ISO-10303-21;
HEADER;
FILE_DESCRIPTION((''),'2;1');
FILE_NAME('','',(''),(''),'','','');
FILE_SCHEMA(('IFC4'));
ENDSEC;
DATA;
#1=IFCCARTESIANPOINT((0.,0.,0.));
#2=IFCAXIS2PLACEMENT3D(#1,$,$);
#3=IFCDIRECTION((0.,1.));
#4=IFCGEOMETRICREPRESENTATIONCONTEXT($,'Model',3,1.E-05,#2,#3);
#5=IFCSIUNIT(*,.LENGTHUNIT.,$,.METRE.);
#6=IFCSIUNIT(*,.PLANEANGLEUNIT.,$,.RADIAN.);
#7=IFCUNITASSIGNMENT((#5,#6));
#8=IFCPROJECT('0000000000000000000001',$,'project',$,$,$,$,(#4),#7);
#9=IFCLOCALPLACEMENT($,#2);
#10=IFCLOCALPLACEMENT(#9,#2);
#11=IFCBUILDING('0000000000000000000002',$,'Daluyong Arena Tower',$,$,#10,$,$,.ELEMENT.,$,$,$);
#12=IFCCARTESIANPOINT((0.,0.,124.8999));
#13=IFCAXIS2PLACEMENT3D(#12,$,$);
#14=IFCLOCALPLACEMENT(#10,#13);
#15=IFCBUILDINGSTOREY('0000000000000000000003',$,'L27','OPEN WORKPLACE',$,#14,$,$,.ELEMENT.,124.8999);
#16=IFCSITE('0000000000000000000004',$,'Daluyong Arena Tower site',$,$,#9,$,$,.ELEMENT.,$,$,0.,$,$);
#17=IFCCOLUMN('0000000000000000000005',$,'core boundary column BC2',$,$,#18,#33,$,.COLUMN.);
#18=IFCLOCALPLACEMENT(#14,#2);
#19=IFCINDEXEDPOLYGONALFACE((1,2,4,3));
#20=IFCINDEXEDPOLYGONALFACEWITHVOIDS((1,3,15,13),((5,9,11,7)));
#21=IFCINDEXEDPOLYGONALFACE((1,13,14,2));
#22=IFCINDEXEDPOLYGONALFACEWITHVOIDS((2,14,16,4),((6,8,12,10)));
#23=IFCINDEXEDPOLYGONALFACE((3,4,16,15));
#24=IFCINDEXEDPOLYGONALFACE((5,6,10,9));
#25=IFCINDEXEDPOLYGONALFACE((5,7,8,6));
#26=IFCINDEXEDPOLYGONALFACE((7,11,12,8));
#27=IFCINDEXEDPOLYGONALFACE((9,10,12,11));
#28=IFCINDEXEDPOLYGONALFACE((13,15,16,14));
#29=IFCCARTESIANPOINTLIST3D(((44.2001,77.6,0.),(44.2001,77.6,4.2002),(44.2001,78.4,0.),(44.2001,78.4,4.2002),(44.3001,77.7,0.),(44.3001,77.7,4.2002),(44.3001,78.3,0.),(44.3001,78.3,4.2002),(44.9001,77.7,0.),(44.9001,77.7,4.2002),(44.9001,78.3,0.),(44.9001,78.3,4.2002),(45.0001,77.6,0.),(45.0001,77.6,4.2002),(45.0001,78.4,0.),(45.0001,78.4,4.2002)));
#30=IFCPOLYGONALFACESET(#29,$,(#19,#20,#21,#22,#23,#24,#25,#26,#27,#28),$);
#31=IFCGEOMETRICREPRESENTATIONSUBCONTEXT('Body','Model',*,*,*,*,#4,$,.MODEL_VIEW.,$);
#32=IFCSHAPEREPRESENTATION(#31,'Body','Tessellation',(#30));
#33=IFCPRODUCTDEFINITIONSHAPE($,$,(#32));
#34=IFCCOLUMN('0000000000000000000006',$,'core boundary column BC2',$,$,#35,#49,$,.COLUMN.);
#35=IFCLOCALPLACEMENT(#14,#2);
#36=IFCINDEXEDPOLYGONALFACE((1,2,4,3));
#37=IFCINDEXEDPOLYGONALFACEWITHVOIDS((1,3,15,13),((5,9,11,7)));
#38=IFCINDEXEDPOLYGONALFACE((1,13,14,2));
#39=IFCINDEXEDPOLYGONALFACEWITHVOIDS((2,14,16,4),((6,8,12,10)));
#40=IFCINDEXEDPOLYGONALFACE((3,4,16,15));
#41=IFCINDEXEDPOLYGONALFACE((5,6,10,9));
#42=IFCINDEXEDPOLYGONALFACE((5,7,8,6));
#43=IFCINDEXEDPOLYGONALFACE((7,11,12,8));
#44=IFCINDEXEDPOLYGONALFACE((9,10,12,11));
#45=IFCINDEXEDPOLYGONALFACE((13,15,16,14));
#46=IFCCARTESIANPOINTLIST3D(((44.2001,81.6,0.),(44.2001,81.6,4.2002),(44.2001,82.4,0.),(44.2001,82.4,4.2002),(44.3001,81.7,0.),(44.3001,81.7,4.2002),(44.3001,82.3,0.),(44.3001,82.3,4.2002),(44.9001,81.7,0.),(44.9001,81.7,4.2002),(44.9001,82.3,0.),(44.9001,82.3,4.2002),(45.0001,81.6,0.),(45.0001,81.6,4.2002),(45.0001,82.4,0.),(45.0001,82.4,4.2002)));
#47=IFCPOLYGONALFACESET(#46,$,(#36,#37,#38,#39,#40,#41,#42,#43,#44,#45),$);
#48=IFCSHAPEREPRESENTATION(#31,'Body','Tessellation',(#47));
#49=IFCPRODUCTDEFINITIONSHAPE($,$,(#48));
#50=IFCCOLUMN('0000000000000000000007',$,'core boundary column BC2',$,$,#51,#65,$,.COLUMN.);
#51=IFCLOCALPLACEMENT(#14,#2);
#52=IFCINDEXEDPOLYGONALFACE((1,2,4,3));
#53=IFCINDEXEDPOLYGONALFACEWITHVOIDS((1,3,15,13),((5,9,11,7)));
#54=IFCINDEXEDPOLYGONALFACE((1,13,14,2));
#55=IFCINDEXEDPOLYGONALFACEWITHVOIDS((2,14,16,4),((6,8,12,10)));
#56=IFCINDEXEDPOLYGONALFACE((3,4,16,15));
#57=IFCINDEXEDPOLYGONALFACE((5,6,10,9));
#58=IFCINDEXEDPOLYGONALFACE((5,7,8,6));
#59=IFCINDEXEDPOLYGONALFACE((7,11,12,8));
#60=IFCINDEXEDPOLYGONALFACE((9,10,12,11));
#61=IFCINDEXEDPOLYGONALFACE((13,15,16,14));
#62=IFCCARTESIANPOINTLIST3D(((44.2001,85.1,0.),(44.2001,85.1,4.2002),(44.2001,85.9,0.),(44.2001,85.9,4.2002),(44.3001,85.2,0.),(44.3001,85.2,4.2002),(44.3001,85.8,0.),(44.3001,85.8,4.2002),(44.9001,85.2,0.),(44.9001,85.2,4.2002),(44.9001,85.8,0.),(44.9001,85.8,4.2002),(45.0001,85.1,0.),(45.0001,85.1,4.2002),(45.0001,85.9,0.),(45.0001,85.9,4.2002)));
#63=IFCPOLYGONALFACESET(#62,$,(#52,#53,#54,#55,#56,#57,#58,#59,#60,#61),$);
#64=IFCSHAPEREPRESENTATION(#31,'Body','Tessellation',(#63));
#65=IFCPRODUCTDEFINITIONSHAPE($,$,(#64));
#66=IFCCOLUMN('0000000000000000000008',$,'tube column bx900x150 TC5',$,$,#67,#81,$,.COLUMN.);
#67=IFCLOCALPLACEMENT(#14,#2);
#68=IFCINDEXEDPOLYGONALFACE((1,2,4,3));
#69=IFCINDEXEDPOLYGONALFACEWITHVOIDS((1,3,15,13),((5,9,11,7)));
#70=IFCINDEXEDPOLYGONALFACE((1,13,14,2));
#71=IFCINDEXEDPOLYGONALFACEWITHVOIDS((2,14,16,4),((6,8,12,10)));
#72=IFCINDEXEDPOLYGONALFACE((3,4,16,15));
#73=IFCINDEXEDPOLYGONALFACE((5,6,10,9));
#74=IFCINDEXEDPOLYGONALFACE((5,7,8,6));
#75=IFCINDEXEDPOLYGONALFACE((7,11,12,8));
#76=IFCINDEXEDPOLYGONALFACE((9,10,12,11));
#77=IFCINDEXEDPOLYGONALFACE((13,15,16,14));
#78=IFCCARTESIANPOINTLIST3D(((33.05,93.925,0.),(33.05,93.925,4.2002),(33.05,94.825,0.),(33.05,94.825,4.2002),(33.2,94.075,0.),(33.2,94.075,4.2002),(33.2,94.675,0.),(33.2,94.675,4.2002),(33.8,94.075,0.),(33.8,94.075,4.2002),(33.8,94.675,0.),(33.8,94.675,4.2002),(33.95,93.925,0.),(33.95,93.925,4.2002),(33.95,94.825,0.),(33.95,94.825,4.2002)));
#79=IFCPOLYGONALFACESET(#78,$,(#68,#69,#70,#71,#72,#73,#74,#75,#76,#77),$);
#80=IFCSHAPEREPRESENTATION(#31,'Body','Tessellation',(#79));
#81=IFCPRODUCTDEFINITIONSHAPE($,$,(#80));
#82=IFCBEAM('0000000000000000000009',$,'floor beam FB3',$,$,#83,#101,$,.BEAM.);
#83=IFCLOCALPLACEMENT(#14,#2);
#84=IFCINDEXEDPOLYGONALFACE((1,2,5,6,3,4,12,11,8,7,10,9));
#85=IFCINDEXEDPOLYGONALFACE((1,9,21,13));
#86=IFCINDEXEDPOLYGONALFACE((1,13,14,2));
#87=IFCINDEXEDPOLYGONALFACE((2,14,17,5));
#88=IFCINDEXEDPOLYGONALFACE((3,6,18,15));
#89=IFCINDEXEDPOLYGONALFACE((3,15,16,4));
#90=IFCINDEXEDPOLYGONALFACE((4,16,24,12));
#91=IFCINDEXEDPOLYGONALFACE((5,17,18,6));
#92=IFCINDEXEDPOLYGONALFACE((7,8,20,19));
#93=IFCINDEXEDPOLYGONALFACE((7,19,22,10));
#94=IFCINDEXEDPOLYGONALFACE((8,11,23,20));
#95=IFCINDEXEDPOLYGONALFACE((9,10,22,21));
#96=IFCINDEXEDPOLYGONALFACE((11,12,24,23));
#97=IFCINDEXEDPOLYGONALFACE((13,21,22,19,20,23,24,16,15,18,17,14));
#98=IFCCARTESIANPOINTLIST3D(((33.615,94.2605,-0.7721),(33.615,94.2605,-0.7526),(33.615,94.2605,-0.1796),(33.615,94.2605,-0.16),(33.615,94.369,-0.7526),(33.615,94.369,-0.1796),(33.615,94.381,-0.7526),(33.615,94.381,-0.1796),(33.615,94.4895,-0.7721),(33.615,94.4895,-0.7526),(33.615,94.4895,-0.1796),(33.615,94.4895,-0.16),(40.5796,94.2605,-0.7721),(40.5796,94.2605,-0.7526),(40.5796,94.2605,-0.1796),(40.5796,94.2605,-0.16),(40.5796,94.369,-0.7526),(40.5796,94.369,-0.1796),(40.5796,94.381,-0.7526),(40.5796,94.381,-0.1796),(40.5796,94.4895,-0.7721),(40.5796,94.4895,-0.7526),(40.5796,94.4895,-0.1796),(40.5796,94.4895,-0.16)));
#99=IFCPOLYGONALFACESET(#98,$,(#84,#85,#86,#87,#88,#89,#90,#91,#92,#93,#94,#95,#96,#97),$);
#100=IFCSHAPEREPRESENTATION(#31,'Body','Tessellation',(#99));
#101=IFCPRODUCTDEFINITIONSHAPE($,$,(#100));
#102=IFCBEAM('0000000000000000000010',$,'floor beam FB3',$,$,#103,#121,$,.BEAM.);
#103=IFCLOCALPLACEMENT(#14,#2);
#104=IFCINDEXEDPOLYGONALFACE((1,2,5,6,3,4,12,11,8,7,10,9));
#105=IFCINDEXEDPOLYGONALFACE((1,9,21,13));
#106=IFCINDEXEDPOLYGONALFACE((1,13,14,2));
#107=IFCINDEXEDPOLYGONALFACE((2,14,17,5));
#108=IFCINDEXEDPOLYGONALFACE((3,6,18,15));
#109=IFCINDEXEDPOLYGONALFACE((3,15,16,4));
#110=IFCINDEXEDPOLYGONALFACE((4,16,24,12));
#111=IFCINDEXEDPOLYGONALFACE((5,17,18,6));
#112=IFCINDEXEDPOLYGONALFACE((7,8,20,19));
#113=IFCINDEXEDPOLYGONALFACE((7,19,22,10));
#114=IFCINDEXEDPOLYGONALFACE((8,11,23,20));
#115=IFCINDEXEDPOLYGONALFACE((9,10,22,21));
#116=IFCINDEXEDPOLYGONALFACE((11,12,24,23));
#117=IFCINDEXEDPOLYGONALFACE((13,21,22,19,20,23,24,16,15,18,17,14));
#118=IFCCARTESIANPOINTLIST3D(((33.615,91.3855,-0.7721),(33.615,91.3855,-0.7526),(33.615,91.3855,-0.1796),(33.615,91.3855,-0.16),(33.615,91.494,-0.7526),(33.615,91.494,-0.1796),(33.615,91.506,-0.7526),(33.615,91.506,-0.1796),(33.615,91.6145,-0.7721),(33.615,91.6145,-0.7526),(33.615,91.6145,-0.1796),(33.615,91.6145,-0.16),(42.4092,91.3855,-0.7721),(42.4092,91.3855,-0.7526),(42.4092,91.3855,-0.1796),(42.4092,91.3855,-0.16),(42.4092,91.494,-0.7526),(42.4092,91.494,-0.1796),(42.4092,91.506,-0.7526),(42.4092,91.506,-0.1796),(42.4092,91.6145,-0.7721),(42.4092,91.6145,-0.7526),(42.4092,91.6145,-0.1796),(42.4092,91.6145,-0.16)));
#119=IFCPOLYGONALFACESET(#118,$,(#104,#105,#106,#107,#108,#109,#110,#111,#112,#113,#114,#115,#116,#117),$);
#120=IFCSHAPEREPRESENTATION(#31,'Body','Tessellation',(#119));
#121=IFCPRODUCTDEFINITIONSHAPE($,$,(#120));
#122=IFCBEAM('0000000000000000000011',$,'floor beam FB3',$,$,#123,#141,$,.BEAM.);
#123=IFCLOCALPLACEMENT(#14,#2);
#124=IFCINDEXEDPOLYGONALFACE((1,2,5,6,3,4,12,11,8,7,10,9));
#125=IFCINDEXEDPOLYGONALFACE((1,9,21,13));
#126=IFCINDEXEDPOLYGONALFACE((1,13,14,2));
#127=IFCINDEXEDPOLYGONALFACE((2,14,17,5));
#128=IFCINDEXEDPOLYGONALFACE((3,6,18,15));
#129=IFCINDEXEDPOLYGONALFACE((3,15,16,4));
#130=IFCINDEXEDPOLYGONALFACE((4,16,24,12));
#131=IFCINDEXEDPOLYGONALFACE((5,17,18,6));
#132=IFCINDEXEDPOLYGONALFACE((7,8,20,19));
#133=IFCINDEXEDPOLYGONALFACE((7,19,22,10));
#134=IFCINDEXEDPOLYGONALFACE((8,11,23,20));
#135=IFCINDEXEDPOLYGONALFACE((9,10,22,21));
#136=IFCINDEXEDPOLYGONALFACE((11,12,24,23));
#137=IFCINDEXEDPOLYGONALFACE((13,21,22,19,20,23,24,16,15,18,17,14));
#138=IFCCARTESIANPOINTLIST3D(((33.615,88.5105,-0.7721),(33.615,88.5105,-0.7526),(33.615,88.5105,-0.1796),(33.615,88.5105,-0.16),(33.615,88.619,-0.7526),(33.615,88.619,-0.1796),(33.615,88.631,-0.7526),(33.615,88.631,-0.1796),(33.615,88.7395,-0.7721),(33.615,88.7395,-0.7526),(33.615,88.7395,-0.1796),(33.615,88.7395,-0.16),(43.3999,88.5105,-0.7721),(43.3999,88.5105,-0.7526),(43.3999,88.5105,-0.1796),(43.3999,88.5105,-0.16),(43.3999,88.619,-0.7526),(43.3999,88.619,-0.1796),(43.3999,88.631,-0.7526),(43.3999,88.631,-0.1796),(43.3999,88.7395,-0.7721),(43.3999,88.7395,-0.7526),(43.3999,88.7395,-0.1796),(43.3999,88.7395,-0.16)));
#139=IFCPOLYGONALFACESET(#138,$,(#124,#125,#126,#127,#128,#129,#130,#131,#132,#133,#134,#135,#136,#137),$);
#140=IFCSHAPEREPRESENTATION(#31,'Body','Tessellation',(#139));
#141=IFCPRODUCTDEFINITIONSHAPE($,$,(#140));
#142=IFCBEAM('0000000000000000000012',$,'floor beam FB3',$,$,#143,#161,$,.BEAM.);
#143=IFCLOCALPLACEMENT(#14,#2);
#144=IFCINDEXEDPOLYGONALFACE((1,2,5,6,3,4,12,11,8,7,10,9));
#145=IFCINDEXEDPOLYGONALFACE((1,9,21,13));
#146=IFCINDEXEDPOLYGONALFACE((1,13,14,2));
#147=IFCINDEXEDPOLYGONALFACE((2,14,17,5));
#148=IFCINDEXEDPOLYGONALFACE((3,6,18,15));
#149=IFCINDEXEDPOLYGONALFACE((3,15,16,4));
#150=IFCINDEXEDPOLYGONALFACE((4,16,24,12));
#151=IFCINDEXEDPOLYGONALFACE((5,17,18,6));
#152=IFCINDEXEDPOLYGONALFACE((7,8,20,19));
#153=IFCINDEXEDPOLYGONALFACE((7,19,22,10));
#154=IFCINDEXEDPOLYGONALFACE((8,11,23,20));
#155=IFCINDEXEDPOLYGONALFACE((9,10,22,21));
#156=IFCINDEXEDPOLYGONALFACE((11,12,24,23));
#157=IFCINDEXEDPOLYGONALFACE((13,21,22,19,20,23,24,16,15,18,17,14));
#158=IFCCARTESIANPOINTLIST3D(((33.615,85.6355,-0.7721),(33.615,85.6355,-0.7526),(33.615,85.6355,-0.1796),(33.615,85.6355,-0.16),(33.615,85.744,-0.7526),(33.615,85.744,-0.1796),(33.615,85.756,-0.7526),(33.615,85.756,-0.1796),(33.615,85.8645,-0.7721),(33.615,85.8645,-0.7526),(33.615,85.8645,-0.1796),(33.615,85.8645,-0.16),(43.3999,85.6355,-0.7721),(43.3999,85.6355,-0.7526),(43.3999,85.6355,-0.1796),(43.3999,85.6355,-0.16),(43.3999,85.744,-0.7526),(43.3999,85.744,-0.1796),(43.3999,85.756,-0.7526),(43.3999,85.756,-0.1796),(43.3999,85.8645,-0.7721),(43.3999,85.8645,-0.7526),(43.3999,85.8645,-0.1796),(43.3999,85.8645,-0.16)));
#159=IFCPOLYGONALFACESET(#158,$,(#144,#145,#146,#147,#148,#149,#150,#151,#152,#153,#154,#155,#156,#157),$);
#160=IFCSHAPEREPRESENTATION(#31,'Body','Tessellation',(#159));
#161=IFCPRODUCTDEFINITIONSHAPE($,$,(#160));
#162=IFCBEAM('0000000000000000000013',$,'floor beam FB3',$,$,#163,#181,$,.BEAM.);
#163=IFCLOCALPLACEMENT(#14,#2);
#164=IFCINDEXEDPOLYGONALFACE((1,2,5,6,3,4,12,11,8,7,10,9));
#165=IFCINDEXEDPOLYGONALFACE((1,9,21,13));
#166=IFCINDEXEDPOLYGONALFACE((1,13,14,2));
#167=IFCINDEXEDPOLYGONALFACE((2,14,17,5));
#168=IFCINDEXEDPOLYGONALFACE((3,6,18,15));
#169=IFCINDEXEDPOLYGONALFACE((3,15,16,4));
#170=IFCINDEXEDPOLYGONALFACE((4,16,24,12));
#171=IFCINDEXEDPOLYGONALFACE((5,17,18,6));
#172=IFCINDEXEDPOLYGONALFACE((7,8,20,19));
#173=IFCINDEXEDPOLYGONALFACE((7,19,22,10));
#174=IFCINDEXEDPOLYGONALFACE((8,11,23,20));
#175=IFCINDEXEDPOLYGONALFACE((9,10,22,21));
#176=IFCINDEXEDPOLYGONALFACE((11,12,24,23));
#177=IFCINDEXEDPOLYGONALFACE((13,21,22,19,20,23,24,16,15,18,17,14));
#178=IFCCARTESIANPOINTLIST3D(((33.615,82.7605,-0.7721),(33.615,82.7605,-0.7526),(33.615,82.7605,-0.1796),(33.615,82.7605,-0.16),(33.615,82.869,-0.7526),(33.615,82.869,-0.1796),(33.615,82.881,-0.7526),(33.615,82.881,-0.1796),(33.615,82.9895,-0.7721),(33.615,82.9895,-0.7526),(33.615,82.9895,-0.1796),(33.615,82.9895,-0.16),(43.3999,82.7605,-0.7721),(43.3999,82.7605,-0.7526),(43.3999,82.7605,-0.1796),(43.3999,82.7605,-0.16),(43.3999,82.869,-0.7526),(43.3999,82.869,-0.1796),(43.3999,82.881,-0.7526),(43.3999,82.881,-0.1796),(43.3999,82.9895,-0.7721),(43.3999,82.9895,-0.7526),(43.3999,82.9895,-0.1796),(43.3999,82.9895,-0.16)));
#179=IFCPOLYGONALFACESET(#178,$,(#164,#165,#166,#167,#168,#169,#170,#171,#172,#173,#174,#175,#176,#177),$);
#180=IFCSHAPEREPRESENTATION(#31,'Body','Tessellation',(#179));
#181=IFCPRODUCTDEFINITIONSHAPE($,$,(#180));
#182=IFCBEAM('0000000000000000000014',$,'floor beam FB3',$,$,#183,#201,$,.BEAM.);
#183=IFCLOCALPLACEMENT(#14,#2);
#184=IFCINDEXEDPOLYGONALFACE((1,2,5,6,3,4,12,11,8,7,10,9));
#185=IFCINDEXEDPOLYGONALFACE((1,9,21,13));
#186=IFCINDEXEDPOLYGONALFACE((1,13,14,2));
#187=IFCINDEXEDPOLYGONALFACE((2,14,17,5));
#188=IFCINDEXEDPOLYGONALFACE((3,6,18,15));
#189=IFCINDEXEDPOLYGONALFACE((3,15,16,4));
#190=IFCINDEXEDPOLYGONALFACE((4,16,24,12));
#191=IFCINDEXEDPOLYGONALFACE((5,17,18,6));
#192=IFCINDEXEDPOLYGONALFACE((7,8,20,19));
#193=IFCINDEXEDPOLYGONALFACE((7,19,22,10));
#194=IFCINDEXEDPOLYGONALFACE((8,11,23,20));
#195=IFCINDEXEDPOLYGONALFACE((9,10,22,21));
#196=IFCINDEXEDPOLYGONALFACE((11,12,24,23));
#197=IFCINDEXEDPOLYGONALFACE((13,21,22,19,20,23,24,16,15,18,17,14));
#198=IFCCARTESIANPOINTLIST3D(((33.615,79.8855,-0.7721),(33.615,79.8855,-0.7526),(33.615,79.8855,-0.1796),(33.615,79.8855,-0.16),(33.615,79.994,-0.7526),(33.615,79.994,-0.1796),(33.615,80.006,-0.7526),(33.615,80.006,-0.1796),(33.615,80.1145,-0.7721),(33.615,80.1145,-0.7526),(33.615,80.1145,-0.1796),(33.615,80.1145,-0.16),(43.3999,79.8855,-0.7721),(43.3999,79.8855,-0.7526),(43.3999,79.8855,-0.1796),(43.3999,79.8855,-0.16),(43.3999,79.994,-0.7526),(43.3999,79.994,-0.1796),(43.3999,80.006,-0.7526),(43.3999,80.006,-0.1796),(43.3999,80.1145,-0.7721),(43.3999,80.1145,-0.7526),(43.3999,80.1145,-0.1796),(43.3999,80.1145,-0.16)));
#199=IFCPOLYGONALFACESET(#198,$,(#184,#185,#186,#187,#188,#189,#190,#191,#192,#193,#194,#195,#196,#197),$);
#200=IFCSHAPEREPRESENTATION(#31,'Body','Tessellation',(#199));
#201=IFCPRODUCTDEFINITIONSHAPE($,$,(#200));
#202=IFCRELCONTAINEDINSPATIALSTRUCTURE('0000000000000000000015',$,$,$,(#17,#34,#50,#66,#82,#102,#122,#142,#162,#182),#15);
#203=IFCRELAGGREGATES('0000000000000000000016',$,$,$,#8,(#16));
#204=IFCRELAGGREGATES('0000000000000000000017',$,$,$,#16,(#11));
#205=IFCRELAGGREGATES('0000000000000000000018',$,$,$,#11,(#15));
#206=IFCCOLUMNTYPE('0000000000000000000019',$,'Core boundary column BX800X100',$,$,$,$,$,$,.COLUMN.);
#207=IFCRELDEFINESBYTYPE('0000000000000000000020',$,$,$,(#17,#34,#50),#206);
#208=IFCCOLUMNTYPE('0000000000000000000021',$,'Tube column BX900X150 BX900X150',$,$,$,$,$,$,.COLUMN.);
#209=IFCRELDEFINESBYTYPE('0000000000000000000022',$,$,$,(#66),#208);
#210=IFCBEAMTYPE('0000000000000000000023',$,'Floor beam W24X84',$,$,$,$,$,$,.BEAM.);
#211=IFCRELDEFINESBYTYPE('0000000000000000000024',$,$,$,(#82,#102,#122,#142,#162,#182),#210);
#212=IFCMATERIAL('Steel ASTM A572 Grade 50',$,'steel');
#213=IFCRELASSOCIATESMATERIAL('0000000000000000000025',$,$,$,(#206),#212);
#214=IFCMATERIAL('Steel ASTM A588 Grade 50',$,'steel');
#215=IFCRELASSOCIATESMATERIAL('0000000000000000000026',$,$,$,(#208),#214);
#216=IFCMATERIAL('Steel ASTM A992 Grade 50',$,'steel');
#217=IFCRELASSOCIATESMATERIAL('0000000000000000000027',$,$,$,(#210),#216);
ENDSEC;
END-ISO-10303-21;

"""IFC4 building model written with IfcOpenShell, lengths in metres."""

from ifc_helpers import new_model, si_unit, direction, frame, origin, origin_2d, place, context, subcontext, project, spatial, hollow_rectangle, i_section, extrude, material, material_profile, profile_set, type_object, element, save


model = new_model("IFC4")

# Units and contexts
model_context = context("Model", 3, precision=1e-05, world=origin(), true_north=direction((0.0, 1.0)))
body_context = subcontext(model_context, "Body", "Model", "MODEL_VIEW")
ifc_project = project(units=[si_unit("LENGTHUNIT", "METRE"), si_unit("PLANEANGLEUNIT", "RADIAN")], contexts=[model_context])

# Site, building, storey
site_placement = place(None, origin())
site = spatial("IfcSite", under=ifc_project, at=site_placement, Name="Daluyong Arena Tower site", CompositionType="ELEMENT", RefElevation=0.0)
building_placement = place(site_placement, origin())
building = spatial("IfcBuilding", under=site, at=building_placement, Name="Daluyong Arena Tower", CompositionType="ELEMENT")
storey_placement = place(building_placement, frame((0.0, 0.0, 124.8999)))
storey = spatial("IfcBuildingStorey", under=building, at=storey_placement, Name="L27", Description="OPEN WORKPLACE", CompositionType="ELEMENT", Elevation=124.8999)

# Columns
ifc_material_1 = material(Name="Steel ASTM A572 Grade 50", Category="steel")
ifc_material_profile_1 = material_profile(ifc_material_1, hollow_rectangle(XDim=0.8, YDim=0.8, WallThickness=0.1, at=origin_2d()))
ifc_profile_set_1 = profile_set([ifc_material_profile_1], Name="Steel ASTM A572 Grade 50")
column_type_1 = type_object("IfcColumnType", Name="Core boundary column BX800X100", PredefinedType="COLUMN", material=ifc_profile_set_1)
for number, where, z_axis, x_axis, name in (
    (1, (44.6001, 78.0, 0.0), (0.0, 0.0, 1.0), (1.0, 0.0, 0.0), "core boundary column BC2"),
    (2, (44.6001, 82.0, 0.0), (0.0, 0.0, 1.0), (1.0, 0.0, 0.0), "core boundary column BC2"),
    (3, (44.6001, 85.5, 0.0), (0.0, 0.0, 1.0), (1.0, 0.0, 0.0), "core boundary column BC2"),
):
    element("IfcColumn", number, at=place(storey_placement, frame(where, z_axis=z_axis, x_axis=x_axis)), inside=storey, type_object=column_type_1, Name=name, PredefinedType="COLUMN", context=body_context, shape_type="SweptSolid", body=[
        extrude(hollow_rectangle(XDim=0.8, YDim=0.8, WallThickness=0.1, at=origin_2d()), origin(), (0.0, 0.0, 1.0), 4.2002),
    ])
ifc_material_2 = material(Name="Steel ASTM A588 Grade 50", Category="steel")
ifc_material_profile_2 = material_profile(ifc_material_2, hollow_rectangle(XDim=0.8999, YDim=0.8999, WallThickness=0.15, at=origin_2d()))
ifc_profile_set_2 = profile_set([ifc_material_profile_2], Name="Steel ASTM A588 Grade 50")
column_type_2 = type_object("IfcColumnType", Name="Tube column BX900X150 BX900X150", PredefinedType="COLUMN", material=ifc_profile_set_2)
column_placement = place(storey_placement, frame((33.5, 94.375, 0.0), z_axis=(0.0, 0.0, 1.0), x_axis=(0.0, 1.0, 0.0)))
element("IfcColumn", 4, at=column_placement, inside=storey, type_object=column_type_2, Name="tube column bx900x150 TC5", PredefinedType="COLUMN", context=body_context, shape_type="SweptSolid", body=[
    extrude(hollow_rectangle(XDim=0.8999, YDim=0.8999, WallThickness=0.15, at=origin_2d()), origin(), (0.0, 0.0, 1.0), 4.2002),
])

# Beams
ifc_material_3 = material(Name="Steel ASTM A992 Grade 50", Category="steel")
ifc_material_profile_3 = material_profile(ifc_material_3, i_section(OverallWidth=0.229, OverallDepth=0.6121, WebThickness=0.012, FlangeThickness=0.0195, at=origin_2d()))
ifc_profile_set_3 = profile_set([ifc_material_profile_3], Name="Steel ASTM A992 Grade 50")
beam_type = type_object("IfcBeamType", Name="Floor beam W24X84", PredefinedType="BEAM", material=ifc_profile_set_3)
beam_1_placement = place(storey_placement, frame((33.615, 94.375, -0.4661), z_axis=(1.0, 0.0, 0.0), x_axis=(0.0, 1.0, 0.0)))
element("IfcBeam", 5, at=beam_1_placement, inside=storey, type_object=beam_type, Name="floor beam FB3", PredefinedType="BEAM", context=body_context, shape_type="SweptSolid", body=[
    extrude(i_section(OverallWidth=0.229, OverallDepth=0.6121, WebThickness=0.012, FlangeThickness=0.0195, at=origin_2d()), origin(), (0.0, 0.0, 1.0), 6.9646),
])
beam_2_placement = place(storey_placement, frame((33.615, 91.5, -0.4661), z_axis=(1.0, 0.0, 0.0), x_axis=(0.0, 1.0, 0.0)))
element("IfcBeam", 6, at=beam_2_placement, inside=storey, type_object=beam_type, Name="floor beam FB3", PredefinedType="BEAM", context=body_context, shape_type="SweptSolid", body=[
    extrude(i_section(OverallWidth=0.229, OverallDepth=0.6121, WebThickness=0.012, FlangeThickness=0.0195, at=origin_2d()), origin(), (0.0, 0.0, 1.0), 8.7942),
])
for number, where, z_axis, x_axis, name in (
    (7, (33.615, 88.625, -0.4661), (1.0, 0.0, 0.0), (0.0, 1.0, 0.0), "floor beam FB3"),
    (8, (33.615, 85.75, -0.4661), (1.0, 0.0, 0.0), (0.0, 1.0, 0.0), "floor beam FB3"),
    (9, (33.615, 82.875, -0.4661), (1.0, 0.0, 0.0), (0.0, 1.0, 0.0), "floor beam FB3"),
    (10, (33.615, 80.0, -0.4661), (1.0, 0.0, 0.0), (0.0, 1.0, 0.0), "floor beam FB3"),
):
    element("IfcBeam", number, at=place(storey_placement, frame(where, z_axis=z_axis, x_axis=x_axis)), inside=storey, type_object=beam_type, Name=name, PredefinedType="BEAM", context=body_context, shape_type="SweptSolid", body=[
        extrude(i_section(OverallWidth=0.229, OverallDepth=0.6121, WebThickness=0.012, FlangeThickness=0.0195, at=origin_2d()), origin(), (0.0, 0.0, 1.0), 9.7849),
    ])

save(model, "model.ifc")
